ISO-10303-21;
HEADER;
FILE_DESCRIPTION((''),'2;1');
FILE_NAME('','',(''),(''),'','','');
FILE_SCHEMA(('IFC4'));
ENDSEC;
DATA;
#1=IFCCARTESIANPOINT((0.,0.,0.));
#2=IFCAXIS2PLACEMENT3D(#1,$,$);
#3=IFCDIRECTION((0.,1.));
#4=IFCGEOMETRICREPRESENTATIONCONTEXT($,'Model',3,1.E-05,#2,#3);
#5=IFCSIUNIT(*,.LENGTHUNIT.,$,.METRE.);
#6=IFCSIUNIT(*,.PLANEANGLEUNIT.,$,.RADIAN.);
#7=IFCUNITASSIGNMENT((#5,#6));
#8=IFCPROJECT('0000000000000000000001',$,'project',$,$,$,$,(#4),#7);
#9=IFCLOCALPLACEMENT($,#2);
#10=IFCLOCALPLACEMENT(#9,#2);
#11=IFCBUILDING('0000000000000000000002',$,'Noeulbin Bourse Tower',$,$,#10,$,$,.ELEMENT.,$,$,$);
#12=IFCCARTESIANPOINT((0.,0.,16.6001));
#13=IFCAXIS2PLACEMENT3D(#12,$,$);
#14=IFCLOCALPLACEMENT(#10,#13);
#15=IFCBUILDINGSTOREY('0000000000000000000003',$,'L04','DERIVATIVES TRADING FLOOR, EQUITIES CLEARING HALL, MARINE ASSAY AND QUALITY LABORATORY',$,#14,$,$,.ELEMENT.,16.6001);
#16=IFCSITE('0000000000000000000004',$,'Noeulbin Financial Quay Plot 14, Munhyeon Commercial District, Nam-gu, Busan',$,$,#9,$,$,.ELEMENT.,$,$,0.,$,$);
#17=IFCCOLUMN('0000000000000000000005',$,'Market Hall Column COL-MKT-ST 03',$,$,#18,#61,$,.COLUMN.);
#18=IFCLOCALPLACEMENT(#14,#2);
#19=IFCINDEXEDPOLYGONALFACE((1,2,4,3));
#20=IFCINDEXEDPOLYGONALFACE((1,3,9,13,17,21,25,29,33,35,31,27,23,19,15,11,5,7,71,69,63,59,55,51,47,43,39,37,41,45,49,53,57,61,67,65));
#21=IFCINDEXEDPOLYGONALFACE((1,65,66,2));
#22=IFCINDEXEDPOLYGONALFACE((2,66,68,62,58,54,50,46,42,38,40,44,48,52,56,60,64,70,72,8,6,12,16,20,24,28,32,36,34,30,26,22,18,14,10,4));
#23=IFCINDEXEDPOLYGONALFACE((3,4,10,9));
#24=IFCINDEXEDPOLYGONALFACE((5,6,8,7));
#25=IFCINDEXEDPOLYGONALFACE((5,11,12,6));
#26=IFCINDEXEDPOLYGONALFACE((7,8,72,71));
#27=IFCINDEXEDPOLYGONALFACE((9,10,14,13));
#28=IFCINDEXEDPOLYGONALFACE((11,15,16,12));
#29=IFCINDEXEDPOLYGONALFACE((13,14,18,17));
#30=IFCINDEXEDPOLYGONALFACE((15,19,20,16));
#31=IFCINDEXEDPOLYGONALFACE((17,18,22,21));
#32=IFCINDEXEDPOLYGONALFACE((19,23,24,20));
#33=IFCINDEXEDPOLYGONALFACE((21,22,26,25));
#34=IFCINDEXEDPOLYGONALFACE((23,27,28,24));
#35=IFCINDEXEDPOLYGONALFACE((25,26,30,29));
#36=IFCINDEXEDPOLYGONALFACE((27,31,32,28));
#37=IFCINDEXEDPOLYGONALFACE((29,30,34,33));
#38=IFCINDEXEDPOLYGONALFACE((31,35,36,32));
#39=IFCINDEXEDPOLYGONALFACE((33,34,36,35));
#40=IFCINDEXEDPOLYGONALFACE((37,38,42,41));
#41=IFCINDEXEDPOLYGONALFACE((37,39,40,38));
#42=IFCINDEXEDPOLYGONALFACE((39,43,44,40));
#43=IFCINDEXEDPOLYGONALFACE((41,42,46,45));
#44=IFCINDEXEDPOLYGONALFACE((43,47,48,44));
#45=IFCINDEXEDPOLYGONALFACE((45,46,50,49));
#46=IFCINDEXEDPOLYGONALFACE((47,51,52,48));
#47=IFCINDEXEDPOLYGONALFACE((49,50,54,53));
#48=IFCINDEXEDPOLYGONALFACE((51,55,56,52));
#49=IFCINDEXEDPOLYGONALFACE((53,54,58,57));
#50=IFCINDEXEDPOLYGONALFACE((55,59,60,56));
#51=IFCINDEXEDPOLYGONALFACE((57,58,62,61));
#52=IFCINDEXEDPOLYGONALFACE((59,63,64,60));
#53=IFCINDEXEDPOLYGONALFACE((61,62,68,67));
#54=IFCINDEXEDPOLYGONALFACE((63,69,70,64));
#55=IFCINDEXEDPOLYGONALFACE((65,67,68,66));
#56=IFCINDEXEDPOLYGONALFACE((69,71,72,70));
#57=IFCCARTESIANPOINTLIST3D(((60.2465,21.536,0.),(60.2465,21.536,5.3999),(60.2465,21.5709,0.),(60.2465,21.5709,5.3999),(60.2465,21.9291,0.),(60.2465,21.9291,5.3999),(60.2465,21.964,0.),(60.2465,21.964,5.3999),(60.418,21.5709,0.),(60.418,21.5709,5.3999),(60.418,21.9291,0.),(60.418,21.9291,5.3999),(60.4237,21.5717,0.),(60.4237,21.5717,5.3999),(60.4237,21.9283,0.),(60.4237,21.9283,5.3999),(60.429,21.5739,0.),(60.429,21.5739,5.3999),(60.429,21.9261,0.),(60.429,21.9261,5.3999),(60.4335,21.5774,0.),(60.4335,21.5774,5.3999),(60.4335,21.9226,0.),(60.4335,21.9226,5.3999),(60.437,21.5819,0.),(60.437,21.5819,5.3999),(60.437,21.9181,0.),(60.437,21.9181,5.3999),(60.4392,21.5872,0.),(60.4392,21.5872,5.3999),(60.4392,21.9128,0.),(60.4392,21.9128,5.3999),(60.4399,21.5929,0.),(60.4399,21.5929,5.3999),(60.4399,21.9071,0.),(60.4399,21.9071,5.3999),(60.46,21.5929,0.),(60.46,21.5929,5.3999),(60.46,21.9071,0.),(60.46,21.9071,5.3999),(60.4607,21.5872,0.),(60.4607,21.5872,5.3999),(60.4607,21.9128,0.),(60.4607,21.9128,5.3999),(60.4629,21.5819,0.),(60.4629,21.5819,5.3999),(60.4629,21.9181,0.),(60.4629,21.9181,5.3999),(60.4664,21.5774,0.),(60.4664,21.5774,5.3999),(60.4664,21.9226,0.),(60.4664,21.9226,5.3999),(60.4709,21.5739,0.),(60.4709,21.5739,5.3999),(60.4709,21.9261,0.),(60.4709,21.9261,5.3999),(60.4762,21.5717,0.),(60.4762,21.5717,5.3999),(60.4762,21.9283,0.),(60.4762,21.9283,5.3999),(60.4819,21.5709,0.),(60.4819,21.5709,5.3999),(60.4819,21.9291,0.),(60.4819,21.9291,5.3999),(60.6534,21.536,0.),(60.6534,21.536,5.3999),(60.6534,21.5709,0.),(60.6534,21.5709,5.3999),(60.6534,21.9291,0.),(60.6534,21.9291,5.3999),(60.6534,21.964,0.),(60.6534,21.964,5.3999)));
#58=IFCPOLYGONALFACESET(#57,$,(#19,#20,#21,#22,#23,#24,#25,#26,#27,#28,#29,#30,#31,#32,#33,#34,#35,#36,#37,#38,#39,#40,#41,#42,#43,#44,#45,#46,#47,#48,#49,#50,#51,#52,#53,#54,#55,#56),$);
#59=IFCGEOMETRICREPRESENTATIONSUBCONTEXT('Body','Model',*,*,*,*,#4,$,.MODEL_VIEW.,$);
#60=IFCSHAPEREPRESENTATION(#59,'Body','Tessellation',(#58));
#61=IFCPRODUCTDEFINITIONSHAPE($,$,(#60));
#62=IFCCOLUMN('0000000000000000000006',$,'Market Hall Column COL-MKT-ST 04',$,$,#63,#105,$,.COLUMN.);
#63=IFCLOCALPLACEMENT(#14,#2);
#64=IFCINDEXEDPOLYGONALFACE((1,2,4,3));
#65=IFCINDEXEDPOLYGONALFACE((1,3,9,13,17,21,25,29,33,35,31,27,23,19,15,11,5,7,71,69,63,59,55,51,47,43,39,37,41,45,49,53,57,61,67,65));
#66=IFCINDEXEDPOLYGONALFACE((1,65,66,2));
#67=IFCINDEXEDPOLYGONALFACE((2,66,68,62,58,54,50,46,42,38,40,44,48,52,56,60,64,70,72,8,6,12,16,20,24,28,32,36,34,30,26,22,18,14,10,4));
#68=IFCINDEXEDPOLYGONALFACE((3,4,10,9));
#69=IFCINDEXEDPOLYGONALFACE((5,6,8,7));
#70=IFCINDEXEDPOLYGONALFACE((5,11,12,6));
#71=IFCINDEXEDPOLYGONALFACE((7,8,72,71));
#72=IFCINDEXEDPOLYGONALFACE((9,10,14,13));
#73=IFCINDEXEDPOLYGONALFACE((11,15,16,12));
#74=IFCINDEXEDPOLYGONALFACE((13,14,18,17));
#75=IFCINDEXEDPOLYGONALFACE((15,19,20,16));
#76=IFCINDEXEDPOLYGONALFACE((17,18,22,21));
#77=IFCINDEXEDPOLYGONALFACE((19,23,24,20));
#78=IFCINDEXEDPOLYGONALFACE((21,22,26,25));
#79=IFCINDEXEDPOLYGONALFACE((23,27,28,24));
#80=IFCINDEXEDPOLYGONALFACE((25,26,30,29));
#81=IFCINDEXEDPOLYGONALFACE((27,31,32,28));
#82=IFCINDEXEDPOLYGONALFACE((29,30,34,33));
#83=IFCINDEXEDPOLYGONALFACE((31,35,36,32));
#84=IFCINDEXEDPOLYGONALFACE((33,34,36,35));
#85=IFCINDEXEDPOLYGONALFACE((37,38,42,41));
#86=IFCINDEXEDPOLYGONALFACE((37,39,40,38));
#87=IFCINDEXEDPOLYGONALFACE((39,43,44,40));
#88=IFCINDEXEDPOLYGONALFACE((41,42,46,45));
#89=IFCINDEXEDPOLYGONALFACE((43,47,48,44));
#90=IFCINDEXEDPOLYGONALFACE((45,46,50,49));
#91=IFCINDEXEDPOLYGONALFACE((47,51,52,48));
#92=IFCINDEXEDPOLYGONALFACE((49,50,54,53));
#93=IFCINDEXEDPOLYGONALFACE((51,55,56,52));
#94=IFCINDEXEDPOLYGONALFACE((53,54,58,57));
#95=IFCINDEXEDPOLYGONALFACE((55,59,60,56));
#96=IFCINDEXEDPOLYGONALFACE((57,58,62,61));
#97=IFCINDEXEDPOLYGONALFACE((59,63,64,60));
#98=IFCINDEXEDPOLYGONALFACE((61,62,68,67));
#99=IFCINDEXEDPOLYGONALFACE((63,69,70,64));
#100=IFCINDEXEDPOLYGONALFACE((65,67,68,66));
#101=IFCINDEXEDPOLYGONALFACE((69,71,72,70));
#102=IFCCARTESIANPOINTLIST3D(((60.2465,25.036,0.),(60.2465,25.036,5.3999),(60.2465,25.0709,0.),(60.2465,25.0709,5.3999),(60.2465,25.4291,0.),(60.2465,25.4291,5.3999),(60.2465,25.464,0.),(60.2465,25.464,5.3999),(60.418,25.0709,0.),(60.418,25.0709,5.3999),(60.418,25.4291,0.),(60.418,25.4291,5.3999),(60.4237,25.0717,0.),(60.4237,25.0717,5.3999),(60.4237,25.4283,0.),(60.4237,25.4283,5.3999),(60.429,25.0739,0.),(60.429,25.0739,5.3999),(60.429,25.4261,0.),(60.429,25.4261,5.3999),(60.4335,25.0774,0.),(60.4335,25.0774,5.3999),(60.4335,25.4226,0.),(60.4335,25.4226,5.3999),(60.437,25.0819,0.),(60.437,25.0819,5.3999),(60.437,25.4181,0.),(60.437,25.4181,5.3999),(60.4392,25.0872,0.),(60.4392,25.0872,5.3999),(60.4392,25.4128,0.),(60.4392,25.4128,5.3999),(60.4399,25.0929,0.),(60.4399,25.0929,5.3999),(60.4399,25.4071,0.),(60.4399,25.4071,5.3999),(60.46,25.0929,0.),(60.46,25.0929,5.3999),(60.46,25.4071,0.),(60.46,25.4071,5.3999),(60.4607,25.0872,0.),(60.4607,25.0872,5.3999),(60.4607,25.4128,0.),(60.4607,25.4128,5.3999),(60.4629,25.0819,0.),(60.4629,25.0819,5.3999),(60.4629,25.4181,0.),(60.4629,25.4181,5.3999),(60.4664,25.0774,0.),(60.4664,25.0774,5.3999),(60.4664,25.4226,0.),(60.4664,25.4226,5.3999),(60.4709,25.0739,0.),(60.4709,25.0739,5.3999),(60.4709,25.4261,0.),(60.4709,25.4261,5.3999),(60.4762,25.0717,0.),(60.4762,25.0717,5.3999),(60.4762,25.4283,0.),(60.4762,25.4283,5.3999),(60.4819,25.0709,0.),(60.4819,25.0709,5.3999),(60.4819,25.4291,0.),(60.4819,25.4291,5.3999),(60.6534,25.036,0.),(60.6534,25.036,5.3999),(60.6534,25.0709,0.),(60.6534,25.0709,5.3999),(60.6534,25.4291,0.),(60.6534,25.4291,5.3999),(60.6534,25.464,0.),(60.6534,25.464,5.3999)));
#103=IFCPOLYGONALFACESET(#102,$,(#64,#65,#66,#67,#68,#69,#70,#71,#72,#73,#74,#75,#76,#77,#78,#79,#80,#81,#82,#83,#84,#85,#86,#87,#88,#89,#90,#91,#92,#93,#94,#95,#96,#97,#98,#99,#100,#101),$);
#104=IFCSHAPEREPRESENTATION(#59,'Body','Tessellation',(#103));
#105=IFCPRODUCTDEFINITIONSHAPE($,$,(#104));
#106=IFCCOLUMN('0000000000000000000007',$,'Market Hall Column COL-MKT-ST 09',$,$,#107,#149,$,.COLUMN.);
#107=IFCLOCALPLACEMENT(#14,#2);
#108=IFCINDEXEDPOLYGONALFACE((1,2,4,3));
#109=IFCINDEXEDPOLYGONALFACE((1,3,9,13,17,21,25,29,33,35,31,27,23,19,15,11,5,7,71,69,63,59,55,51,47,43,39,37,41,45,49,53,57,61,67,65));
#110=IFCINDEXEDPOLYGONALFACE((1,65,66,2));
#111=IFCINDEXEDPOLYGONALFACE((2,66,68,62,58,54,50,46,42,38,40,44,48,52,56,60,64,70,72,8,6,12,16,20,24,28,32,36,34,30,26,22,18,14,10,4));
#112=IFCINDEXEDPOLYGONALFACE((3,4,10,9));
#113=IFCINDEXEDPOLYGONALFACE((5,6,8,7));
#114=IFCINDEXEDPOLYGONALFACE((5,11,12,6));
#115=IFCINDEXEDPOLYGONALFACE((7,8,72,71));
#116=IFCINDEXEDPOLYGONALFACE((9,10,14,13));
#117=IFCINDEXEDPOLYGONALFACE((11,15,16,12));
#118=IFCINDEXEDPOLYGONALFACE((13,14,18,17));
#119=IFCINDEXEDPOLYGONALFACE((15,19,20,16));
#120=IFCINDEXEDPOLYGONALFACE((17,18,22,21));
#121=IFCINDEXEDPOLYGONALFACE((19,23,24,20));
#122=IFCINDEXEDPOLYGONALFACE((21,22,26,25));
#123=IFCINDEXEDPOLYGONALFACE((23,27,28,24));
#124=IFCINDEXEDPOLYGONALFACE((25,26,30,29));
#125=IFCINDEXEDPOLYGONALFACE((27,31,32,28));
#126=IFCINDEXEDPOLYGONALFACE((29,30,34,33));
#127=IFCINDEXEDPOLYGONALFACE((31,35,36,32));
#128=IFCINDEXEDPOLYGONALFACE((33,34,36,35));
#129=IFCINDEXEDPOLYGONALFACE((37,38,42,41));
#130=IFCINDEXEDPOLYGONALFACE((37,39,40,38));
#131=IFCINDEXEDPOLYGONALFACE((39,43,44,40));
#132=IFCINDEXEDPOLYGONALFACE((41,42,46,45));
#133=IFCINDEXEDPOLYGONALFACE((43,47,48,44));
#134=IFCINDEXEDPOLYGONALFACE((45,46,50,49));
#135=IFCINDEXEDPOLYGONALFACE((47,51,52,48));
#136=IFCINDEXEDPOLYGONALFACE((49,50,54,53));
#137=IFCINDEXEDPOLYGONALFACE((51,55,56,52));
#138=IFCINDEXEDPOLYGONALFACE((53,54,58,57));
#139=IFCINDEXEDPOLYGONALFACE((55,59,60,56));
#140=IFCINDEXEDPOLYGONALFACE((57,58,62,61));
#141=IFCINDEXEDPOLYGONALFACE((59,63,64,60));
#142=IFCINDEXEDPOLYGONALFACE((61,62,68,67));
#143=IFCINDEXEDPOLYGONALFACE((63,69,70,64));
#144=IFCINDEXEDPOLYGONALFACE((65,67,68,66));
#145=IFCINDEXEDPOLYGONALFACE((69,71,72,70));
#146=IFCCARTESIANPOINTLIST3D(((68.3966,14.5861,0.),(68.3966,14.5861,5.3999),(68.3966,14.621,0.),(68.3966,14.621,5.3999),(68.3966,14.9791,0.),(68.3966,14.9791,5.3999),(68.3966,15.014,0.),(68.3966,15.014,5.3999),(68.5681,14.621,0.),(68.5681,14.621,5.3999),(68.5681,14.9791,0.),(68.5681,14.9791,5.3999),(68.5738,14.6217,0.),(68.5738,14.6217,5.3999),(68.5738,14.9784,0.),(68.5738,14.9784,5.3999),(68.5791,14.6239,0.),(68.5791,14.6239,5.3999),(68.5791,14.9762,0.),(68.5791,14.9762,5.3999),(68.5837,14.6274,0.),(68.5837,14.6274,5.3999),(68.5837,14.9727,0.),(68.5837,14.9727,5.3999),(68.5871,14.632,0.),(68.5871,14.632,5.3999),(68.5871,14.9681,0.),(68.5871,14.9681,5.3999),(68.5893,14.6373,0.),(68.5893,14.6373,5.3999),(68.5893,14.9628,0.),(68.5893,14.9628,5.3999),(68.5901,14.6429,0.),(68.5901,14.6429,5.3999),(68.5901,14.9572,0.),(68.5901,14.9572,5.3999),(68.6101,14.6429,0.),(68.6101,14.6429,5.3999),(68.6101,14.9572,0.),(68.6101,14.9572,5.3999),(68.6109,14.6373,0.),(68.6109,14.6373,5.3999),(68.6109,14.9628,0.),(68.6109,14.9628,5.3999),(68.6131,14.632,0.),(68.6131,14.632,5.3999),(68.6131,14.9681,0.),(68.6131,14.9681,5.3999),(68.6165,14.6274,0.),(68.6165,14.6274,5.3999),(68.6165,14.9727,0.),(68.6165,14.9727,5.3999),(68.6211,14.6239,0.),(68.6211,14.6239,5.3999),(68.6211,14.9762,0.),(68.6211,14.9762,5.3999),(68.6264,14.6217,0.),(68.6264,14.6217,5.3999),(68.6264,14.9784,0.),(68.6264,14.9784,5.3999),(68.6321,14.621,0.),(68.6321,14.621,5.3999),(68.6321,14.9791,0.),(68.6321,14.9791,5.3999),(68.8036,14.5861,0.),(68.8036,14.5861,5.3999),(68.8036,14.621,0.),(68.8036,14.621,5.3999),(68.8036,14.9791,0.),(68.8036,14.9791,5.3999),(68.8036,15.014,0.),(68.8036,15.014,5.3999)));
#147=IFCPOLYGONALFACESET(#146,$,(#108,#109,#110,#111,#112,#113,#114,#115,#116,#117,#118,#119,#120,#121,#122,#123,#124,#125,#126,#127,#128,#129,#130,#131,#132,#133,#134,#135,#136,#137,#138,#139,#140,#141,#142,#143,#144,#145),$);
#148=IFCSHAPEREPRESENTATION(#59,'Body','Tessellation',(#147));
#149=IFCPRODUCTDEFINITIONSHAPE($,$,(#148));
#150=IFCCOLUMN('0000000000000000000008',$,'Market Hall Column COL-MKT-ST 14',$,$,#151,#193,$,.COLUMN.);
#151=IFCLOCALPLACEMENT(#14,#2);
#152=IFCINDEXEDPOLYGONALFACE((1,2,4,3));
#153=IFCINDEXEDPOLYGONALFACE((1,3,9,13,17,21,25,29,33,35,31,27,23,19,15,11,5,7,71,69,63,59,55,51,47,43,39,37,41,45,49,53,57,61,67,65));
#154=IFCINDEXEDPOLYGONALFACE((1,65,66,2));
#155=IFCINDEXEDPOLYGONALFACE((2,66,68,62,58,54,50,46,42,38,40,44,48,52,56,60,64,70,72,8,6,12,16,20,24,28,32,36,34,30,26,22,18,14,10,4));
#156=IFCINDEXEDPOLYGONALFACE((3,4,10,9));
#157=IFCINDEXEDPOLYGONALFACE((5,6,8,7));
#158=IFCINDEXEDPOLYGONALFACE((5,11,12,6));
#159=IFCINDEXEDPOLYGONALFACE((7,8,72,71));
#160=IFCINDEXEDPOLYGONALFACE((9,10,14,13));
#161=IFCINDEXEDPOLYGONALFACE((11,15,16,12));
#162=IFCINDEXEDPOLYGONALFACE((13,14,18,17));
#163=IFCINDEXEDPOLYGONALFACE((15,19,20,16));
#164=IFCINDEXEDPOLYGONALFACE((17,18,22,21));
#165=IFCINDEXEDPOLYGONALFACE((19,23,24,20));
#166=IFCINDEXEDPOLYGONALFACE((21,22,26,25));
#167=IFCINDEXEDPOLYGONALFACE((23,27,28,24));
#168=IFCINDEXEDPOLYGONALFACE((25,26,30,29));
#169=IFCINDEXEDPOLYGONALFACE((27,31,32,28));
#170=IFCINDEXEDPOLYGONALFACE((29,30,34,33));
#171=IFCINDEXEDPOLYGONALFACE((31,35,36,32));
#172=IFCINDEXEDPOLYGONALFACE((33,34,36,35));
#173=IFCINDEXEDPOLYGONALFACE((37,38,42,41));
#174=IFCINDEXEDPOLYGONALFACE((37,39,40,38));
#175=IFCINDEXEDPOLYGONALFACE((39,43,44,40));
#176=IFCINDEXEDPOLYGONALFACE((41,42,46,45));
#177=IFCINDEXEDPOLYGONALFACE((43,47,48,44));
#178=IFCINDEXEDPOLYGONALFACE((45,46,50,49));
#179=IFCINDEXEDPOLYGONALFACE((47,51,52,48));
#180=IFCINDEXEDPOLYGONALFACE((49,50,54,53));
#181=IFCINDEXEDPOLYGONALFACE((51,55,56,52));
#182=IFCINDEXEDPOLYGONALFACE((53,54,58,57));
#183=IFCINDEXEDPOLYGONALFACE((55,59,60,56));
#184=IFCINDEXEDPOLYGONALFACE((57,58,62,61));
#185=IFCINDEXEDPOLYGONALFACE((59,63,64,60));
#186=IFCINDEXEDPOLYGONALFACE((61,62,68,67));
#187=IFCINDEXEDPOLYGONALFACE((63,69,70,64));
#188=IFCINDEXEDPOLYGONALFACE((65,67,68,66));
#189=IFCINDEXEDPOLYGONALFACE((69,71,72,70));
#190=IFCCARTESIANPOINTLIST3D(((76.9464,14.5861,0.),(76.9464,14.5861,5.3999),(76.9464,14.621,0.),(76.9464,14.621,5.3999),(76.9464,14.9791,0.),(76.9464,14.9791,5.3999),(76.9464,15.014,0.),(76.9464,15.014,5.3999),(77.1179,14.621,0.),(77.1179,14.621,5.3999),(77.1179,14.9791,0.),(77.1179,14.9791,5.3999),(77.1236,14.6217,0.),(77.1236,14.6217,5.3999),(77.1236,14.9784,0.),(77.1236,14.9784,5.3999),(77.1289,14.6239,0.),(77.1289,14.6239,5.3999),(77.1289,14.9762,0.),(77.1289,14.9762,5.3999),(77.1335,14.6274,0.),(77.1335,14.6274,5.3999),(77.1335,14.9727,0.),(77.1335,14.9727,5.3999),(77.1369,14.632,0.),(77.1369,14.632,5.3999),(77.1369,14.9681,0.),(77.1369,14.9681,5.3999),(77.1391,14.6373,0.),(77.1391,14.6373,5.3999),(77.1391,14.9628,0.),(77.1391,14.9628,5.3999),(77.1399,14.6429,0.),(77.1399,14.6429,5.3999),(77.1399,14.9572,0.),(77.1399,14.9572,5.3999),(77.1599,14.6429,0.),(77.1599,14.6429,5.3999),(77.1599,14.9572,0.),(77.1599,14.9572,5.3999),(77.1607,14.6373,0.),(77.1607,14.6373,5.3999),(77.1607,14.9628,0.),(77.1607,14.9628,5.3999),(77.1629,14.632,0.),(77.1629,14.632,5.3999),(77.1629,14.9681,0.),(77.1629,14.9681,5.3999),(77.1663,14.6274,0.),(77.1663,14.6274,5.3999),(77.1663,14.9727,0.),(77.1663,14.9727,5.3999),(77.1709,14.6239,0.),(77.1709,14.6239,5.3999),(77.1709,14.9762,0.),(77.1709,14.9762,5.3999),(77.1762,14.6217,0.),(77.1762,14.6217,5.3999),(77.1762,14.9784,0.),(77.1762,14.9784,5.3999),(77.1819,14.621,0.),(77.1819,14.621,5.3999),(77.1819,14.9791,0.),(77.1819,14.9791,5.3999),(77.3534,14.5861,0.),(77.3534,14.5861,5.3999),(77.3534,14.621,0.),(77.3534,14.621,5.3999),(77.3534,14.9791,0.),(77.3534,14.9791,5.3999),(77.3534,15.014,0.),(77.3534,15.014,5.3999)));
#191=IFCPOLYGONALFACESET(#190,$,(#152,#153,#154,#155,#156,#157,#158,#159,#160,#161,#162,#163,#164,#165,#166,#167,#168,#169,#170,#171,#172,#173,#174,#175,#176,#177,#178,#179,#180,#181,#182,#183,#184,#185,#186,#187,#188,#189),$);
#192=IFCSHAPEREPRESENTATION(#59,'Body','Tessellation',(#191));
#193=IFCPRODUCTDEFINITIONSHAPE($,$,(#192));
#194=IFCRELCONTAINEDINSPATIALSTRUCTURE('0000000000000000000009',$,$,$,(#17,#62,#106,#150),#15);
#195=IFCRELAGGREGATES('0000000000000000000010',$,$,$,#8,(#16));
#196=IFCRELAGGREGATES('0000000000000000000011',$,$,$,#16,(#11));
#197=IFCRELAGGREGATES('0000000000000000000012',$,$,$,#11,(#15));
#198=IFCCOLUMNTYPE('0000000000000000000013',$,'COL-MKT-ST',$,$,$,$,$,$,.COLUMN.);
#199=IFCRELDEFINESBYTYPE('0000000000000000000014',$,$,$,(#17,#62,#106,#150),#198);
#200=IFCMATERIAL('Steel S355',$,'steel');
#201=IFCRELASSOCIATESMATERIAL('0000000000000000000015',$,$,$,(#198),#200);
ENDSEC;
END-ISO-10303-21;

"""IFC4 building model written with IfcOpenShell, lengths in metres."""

from ifc_helpers import new_model, si_unit, direction, frame, origin, origin_2d, place, context, subcontext, project, spatial, i_section, extrude, material, material_profile, profile_set, type_object, element, save


model = new_model("IFC4")

# Units and contexts
model_context = context("Model", 3, precision=1e-05, world=origin(), true_north=direction((0.0, 1.0)))
body_context = subcontext(model_context, "Body", "Model", "MODEL_VIEW")
ifc_project = project(units=[si_unit("LENGTHUNIT", "METRE"), si_unit("PLANEANGLEUNIT", "RADIAN")], contexts=[model_context])

# Site, building, storey
site_placement = place(None, origin())
site = spatial("IfcSite", under=ifc_project, at=site_placement, Name="Noeulbin Financial Quay Plot 14, Munhyeon Commercial District, Nam-gu, Busan", CompositionType="ELEMENT", RefElevation=0.0)
building_placement = place(site_placement, origin())
building = spatial("IfcBuilding", under=site, at=building_placement, Name="Noeulbin Bourse Tower", CompositionType="ELEMENT")
storey_placement = place(building_placement, frame((0.0, 0.0, 16.6001)))
storey = spatial("IfcBuildingStorey", under=building, at=storey_placement, Name="L04", Description="DERIVATIVES TRADING FLOOR, EQUITIES CLEARING HALL, MARINE ASSAY AND QUALITY LABORATORY", CompositionType="ELEMENT", Elevation=16.6001)

# Columns
ifc_material_1 = material(Name="Steel S355", Category="steel")
ifc_material_profile_1 = material_profile(ifc_material_1, i_section(OverallWidth=0.407, OverallDepth=0.428, WebThickness=0.02, FlangeThickness=0.0349, FilletRadius=0.022, at=origin_2d()), Name="H-428x407x20x35", Category="LoadBearing")
ifc_profile_set_1 = profile_set([ifc_material_profile_1], Name="Steel S355")
column_type = type_object("IfcColumnType", Name="COL-MKT-ST", PredefinedType="COLUMN", material=ifc_profile_set_1)
for number, where, z_axis, x_axis, name in (
    (1, (60.45, 21.75, 0.0), (0.0, 0.0, 1.0), (1.0, 0.0, 0.0), "Market Hall Column COL-MKT-ST 03"),
    (2, (60.45, 25.25, 0.0), (0.0, 0.0, 1.0), (1.0, 0.0, 0.0), "Market Hall Column COL-MKT-ST 04"),
    (3, (68.6001, 14.8, 0.0), (0.0, 0.0, 1.0), (1.0, 0.0, 0.0), "Market Hall Column COL-MKT-ST 09"),
    (4, (77.1499, 14.8, 0.0), (0.0, 0.0, 1.0), (1.0, 0.0, 0.0), "Market Hall Column COL-MKT-ST 14"),
):
    element("IfcColumn", number, at=place(storey_placement, frame(where, z_axis=z_axis, x_axis=x_axis)), inside=storey, type_object=column_type, Name=name, PredefinedType="COLUMN", context=body_context, shape_type="SweptSolid", body=[
        extrude(i_section(OverallWidth=0.407, OverallDepth=0.428, WebThickness=0.02, FlangeThickness=0.0349, FilletRadius=0.022, at=origin_2d()), origin(), (0.0, 0.0, 1.0), 5.3999),
    ])

save(model, "model.ifc")
